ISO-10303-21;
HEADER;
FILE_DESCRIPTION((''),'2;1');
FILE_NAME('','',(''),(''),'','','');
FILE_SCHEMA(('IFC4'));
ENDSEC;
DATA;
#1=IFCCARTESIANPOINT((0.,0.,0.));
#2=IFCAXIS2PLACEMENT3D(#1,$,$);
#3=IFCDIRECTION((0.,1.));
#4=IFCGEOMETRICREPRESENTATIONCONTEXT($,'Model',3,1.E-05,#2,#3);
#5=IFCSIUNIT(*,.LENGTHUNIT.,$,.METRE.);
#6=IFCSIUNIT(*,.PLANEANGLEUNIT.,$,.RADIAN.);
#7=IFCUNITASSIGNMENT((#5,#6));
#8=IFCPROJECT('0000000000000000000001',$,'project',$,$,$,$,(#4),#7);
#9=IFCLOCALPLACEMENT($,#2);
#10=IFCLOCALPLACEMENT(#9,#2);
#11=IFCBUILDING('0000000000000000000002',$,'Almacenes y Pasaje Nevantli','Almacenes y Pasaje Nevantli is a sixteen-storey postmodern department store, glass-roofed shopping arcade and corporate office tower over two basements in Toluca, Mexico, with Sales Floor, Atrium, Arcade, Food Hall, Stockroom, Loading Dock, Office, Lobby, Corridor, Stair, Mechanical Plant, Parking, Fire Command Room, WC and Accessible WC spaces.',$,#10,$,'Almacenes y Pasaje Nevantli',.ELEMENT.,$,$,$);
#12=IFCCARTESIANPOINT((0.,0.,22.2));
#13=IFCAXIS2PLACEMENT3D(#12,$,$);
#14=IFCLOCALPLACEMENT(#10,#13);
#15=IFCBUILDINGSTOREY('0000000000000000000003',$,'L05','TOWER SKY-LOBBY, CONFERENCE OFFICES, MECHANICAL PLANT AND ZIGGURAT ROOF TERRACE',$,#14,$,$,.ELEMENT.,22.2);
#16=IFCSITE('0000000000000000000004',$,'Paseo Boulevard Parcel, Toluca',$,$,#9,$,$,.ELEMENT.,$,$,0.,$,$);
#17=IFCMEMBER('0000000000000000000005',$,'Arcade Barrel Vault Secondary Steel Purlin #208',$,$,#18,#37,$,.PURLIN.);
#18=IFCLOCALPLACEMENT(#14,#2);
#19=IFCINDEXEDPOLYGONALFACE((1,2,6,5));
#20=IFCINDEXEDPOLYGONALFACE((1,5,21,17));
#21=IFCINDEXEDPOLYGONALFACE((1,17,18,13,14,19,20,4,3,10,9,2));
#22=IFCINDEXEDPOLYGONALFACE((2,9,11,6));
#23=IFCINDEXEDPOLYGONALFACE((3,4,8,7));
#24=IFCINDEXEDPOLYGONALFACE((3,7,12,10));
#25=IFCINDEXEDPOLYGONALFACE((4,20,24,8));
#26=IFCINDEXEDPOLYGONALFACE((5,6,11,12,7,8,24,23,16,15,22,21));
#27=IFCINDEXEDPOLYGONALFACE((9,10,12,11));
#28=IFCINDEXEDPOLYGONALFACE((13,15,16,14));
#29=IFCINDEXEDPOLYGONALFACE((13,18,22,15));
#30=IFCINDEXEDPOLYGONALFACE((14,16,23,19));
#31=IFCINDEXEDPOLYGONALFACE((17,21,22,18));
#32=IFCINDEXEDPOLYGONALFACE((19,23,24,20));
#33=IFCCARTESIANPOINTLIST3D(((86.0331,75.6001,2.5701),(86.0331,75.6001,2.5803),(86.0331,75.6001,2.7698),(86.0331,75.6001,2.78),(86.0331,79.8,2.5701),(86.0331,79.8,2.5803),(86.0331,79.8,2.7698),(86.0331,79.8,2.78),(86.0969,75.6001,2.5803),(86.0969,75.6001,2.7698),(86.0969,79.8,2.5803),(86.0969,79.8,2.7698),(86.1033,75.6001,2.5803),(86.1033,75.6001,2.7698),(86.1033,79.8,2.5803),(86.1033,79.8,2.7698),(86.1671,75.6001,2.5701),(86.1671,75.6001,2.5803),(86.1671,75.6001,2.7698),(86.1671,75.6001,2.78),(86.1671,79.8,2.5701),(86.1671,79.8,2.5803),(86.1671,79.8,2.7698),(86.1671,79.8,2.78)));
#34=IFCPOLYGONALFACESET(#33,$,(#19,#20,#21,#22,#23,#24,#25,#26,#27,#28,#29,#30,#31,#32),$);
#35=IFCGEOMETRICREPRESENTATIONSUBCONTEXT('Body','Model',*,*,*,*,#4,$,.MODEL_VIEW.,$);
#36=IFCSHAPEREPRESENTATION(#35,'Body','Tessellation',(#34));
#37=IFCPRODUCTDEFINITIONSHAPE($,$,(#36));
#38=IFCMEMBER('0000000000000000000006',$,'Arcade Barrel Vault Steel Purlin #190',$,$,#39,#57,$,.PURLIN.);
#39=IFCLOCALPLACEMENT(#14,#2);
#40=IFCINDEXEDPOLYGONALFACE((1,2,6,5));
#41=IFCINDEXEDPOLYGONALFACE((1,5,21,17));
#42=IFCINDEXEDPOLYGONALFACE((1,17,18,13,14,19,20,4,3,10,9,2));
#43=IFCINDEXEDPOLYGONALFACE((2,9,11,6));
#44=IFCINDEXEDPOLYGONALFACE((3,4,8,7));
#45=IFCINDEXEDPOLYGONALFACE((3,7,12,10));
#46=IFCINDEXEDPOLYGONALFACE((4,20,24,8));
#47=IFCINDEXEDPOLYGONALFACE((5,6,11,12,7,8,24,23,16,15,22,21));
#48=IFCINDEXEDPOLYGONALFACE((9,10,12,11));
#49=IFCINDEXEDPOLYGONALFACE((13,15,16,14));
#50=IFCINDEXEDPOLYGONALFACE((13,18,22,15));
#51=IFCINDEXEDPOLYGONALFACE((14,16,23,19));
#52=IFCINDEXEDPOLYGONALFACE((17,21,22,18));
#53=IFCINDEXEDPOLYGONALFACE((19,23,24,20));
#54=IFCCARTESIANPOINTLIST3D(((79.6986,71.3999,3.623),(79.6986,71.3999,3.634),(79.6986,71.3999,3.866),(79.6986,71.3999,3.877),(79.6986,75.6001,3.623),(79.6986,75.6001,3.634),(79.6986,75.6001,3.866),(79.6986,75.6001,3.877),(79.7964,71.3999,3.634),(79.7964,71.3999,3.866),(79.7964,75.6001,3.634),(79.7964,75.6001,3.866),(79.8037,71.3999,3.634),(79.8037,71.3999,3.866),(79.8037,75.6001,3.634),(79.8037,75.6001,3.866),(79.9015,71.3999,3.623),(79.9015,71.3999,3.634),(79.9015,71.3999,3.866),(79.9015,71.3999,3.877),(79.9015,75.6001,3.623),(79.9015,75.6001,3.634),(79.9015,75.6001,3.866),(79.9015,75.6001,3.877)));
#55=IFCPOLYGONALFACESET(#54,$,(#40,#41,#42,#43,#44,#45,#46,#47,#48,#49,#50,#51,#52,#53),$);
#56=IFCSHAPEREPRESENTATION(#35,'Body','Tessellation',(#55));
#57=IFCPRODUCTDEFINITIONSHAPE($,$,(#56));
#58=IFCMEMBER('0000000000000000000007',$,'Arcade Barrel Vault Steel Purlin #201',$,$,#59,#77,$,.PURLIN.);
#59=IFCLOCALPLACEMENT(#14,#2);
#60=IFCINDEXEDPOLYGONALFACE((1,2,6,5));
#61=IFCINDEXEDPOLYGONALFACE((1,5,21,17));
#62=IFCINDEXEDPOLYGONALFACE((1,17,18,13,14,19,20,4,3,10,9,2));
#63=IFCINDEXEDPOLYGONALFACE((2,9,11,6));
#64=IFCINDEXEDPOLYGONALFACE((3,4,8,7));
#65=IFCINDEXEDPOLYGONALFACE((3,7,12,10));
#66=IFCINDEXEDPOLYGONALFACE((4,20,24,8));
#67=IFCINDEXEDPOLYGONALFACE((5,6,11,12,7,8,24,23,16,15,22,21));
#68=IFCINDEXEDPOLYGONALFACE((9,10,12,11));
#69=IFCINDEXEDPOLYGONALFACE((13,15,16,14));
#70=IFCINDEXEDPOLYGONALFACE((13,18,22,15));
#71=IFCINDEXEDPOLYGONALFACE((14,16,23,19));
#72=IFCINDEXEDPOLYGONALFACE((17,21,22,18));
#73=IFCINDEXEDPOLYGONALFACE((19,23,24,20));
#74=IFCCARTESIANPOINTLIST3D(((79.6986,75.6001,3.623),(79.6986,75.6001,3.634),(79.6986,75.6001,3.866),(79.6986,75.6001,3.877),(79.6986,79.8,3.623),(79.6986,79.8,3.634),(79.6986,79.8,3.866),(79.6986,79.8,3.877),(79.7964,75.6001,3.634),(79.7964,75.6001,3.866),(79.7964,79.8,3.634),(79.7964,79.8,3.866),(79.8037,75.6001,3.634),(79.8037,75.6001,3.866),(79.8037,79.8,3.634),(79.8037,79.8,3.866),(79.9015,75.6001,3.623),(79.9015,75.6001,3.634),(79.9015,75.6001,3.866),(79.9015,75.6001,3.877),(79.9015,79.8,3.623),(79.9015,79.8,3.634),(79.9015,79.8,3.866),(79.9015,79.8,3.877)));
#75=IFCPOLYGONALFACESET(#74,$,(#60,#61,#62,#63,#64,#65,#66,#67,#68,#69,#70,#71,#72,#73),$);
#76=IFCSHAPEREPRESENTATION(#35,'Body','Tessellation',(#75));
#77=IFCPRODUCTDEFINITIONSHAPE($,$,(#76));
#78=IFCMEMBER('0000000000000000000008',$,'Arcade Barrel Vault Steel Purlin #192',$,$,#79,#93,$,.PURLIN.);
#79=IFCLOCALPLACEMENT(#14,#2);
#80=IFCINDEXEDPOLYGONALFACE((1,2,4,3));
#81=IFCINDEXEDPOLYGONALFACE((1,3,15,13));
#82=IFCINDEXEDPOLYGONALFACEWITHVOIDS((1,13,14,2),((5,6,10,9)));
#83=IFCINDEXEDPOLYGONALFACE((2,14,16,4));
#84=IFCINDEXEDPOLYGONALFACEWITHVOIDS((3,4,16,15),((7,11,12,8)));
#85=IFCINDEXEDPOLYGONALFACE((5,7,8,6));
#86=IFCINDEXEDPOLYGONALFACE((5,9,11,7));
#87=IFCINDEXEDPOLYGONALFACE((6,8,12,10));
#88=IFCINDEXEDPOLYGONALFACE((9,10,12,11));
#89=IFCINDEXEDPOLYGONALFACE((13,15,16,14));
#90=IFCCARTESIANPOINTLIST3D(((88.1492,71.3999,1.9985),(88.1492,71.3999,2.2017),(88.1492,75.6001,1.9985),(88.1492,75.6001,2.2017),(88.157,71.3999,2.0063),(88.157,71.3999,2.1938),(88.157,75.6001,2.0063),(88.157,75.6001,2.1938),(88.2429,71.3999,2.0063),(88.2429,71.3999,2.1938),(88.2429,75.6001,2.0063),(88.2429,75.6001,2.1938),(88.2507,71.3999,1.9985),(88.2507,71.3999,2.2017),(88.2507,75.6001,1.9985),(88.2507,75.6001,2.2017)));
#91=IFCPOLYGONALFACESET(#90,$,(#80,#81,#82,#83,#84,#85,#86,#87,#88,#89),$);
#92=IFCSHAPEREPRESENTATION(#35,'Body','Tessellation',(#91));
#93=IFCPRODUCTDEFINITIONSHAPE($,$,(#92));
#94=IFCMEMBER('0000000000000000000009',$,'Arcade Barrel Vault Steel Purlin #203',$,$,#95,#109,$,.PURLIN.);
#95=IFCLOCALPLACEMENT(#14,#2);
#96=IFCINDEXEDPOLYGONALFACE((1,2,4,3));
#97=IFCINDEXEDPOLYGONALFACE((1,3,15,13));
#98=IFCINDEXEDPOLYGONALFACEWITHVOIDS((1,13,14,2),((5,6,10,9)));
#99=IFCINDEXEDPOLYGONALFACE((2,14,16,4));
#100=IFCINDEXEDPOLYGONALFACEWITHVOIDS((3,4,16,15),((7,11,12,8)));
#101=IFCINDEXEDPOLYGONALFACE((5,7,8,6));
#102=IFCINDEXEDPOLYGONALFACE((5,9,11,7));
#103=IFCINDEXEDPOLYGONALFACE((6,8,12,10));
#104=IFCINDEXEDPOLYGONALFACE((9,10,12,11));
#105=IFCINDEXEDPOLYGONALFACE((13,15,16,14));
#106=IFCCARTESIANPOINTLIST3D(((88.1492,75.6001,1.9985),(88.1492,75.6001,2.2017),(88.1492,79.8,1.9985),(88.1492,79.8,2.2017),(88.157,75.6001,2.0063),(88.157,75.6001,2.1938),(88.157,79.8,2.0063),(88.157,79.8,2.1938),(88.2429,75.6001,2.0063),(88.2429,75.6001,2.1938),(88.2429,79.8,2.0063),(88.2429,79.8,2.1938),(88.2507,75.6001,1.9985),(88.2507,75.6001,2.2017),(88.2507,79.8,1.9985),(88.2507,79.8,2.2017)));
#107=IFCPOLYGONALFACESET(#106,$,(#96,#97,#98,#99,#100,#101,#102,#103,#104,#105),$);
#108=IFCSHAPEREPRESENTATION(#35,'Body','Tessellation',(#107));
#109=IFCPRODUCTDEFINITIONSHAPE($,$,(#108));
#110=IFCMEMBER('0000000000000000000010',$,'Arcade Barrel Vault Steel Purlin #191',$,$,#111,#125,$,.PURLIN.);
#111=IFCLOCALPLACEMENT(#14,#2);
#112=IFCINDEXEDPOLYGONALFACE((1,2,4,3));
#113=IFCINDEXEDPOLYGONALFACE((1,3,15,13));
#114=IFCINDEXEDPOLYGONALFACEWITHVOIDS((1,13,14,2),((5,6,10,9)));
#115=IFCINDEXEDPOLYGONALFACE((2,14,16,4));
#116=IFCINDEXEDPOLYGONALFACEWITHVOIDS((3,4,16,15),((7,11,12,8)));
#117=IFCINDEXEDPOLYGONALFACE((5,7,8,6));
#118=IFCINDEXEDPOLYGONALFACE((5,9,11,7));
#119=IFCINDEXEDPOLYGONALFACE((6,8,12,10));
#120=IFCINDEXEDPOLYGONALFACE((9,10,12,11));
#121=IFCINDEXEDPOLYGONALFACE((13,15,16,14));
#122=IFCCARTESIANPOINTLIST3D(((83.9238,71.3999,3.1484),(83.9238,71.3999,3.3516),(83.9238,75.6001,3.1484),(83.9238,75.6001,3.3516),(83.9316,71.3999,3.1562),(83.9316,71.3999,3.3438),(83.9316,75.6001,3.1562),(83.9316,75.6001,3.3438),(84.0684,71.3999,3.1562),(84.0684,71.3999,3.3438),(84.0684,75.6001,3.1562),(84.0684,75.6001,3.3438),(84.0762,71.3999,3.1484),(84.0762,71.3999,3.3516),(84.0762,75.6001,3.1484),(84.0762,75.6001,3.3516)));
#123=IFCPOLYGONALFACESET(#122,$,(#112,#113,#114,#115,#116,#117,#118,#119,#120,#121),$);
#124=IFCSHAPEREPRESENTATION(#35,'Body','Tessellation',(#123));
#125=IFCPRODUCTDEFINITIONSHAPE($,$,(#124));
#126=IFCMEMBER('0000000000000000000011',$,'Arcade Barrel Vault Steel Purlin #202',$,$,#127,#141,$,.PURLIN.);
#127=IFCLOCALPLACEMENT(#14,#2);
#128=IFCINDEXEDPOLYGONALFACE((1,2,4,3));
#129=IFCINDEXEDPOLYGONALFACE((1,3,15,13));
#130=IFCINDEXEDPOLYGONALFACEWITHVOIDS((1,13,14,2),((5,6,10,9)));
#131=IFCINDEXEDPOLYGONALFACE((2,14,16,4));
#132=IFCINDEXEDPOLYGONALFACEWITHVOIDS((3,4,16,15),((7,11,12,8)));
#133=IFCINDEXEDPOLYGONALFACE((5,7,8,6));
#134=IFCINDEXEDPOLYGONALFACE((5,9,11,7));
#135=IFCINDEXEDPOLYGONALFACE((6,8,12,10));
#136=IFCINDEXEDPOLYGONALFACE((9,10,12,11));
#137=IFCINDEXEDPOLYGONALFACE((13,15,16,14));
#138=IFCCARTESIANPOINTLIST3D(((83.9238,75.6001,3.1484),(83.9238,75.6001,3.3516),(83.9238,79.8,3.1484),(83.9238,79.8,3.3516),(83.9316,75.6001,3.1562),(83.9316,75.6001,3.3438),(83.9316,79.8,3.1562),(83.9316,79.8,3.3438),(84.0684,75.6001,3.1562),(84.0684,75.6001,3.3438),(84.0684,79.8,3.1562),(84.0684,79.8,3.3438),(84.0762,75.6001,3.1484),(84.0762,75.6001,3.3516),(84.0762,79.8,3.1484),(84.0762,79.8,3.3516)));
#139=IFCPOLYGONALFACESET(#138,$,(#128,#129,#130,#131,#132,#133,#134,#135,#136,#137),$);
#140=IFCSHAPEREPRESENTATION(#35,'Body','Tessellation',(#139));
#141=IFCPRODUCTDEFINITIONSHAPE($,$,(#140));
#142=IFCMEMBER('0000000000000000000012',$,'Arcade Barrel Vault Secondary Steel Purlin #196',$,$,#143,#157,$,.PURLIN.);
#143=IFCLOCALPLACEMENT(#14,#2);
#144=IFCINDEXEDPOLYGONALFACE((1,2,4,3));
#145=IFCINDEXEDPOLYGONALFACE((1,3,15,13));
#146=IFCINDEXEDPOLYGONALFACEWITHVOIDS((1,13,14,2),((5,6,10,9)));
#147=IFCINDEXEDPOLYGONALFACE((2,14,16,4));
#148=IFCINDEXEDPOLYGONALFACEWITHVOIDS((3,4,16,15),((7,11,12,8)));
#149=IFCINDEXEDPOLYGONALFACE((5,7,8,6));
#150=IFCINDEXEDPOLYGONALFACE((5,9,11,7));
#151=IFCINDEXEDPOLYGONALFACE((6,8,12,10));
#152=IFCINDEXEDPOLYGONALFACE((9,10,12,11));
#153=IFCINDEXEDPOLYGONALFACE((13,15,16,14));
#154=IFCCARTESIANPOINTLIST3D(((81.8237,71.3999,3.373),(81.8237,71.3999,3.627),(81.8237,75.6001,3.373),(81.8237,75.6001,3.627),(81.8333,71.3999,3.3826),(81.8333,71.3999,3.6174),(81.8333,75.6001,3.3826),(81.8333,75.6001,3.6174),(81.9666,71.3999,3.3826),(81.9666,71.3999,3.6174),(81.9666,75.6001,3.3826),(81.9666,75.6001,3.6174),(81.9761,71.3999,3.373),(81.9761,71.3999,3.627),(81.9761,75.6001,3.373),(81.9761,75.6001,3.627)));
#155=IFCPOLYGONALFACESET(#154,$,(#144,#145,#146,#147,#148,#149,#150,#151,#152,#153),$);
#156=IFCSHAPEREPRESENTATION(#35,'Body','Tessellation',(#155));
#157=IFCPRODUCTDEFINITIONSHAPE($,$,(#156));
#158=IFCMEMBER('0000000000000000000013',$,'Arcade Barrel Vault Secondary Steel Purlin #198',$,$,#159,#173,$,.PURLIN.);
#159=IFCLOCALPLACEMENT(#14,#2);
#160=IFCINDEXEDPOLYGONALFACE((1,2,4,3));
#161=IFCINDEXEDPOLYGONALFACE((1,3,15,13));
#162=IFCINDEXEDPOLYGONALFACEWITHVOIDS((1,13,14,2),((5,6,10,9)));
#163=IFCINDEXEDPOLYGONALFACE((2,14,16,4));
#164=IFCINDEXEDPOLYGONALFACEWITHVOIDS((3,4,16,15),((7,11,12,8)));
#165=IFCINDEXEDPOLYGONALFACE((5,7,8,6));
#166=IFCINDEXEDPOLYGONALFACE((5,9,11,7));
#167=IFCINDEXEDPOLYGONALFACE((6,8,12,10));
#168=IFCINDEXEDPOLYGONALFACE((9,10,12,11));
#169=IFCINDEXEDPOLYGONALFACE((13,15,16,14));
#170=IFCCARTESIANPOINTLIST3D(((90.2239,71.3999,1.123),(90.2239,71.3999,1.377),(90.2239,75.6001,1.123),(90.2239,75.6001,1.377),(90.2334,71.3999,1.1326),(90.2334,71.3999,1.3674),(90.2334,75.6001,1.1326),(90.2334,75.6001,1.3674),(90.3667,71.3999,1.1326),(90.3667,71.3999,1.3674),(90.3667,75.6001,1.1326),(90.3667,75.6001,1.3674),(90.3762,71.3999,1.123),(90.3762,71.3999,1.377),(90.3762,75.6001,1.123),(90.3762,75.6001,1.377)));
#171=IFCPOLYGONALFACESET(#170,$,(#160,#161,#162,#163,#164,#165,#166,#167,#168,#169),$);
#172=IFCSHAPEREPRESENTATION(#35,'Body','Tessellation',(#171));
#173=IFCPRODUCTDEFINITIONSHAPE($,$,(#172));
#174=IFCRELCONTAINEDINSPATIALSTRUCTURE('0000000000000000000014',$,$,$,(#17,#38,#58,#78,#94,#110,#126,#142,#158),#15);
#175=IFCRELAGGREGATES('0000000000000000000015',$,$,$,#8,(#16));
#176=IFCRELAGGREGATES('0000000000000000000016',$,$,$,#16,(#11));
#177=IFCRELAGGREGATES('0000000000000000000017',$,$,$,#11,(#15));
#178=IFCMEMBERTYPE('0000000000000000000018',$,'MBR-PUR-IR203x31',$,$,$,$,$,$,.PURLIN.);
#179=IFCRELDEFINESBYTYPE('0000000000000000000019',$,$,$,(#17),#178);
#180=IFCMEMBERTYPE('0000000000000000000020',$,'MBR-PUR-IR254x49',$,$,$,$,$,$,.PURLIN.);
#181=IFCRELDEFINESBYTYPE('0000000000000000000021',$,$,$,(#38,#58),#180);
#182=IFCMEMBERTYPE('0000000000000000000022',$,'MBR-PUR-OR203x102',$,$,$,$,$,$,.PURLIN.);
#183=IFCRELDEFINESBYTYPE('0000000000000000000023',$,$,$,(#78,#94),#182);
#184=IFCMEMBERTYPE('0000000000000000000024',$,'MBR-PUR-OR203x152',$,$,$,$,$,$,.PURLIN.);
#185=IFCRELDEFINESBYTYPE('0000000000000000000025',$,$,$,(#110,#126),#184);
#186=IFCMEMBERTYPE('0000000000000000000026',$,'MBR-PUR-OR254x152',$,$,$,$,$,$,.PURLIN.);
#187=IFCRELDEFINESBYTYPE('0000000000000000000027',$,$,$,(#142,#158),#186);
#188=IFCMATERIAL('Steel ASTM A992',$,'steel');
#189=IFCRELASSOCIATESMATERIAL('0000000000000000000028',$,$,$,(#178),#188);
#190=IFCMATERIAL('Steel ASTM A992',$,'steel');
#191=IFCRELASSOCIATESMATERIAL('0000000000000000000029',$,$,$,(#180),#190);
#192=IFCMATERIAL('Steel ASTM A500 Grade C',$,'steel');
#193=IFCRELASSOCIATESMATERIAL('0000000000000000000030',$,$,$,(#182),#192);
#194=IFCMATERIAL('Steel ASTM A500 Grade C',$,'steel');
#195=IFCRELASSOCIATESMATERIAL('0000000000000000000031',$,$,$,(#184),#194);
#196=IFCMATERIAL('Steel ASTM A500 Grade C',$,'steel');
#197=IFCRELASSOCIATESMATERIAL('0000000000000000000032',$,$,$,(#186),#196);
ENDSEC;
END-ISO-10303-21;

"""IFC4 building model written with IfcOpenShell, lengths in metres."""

from ifc_helpers import new_model, si_unit, direction, frame, origin, origin_2d, place, context, subcontext, project, spatial, hollow_rectangle, i_section, extrude, material, material_profile, profile_set, type_object, element, save


model = new_model("IFC4")

# Units and contexts
model_context = context("Model", 3, precision=1e-05, world=origin(), true_north=direction((0.0, 1.0)))
body_context = subcontext(model_context, "Body", "Model", "MODEL_VIEW")
ifc_project = project(units=[si_unit("LENGTHUNIT", "METRE"), si_unit("PLANEANGLEUNIT", "RADIAN")], contexts=[model_context])

# Site, building, storey
site_placement = place(None, origin())
site = spatial("IfcSite", under=ifc_project, at=site_placement, Name="Paseo Boulevard Parcel, Toluca", CompositionType="ELEMENT", RefElevation=0.0)
building_placement = place(site_placement, origin())
building = spatial("IfcBuilding", under=site, at=building_placement, Name="Almacenes y Pasaje Nevantli", Description="Almacenes y Pasaje Nevantli is a sixteen-storey postmodern department store, glass-roofed shopping arcade and corporate office tower over two basements in Toluca, Mexico, with Sales Floor, Atrium, Arcade, Food Hall, Stockroom, Loading Dock, Office, Lobby, Corridor, Stair, Mechanical Plant, Parking, Fire Command Room, WC and Accessible WC spaces.", LongName="Almacenes y Pasaje Nevantli", CompositionType="ELEMENT")
storey_placement = place(building_placement, frame((0.0, 0.0, 22.2)))
storey = spatial("IfcBuildingStorey", under=building, at=storey_placement, Name="L05", Description="TOWER SKY-LOBBY, CONFERENCE OFFICES, MECHANICAL PLANT AND ZIGGURAT ROOF TERRACE", CompositionType="ELEMENT", Elevation=22.2)

# Members
ifc_material_1 = material(Name="Steel ASTM A992", Category="steel")
ifc_material_profile_1 = material_profile(ifc_material_1, i_section(OverallWidth=0.134, OverallDepth=0.21, WebThickness=0.0063, FlangeThickness=0.0103, at=origin_2d()), Name="IR 203x31.3")
ifc_profile_set_1 = profile_set([ifc_material_profile_1], Name="Steel ASTM A992")
member_type_1 = type_object("IfcMemberType", Name="MBR-PUR-IR203x31", PredefinedType="PURLIN", material=ifc_profile_set_1)
member_1_placement = place(storey_placement, frame((86.1001, 75.6001, 2.675), z_axis=(0.0, 1.0, 0.0), x_axis=(-1.0, 0.0, 0.0)))
element("IfcMember", 1, at=member_1_placement, inside=storey, type_object=member_type_1, Name="Arcade Barrel Vault Secondary Steel Purlin #208", PredefinedType="PURLIN", context=body_context, shape_type="SweptSolid", body=[
    extrude(i_section(OverallWidth=0.134, OverallDepth=0.21, WebThickness=0.0063, FlangeThickness=0.0103, at=origin_2d()), origin(), (0.0, 0.0, 1.0), 4.2),
])
ifc_material_2 = material(Name="Steel ASTM A992", Category="steel")
ifc_material_profile_2 = material_profile(ifc_material_2, i_section(OverallWidth=0.2029, OverallDepth=0.2539, WebThickness=0.0073, FlangeThickness=0.011, at=origin_2d()), Name="IR 254x49.1")
ifc_profile_set_2 = profile_set([ifc_material_profile_2], Name="Steel ASTM A992")
member_type_2 = type_object("IfcMemberType", Name="MBR-PUR-IR254x49", PredefinedType="PURLIN", material=ifc_profile_set_2)
member_2_placement = place(storey_placement, frame((79.8, 71.3999, 3.75), z_axis=(0.0, 1.0, 0.0), x_axis=(-1.0, 0.0, 0.0)))
element("IfcMember", 2, at=member_2_placement, inside=storey, type_object=member_type_2, Name="Arcade Barrel Vault Steel Purlin #190", PredefinedType="PURLIN", context=body_context, shape_type="SweptSolid", body=[
    extrude(i_section(OverallWidth=0.2029, OverallDepth=0.2539, WebThickness=0.0073, FlangeThickness=0.011, at=origin_2d()), origin(), (0.0, 0.0, 1.0), 4.2002),
])
member_3_placement = place(storey_placement, frame((79.8, 75.6001, 3.75), z_axis=(0.0, 1.0, 0.0), x_axis=(-1.0, 0.0, 0.0)))
element("IfcMember", 3, at=member_3_placement, inside=storey, type_object=member_type_2, Name="Arcade Barrel Vault Steel Purlin #201", PredefinedType="PURLIN", context=body_context, shape_type="SweptSolid", body=[
    extrude(i_section(OverallWidth=0.2029, OverallDepth=0.2539, WebThickness=0.0073, FlangeThickness=0.011, at=origin_2d()), origin(), (0.0, 0.0, 1.0), 4.2),
])
ifc_material_3 = material(Name="Steel ASTM A500 Grade C", Category="steel")
ifc_material_profile_3 = material_profile(ifc_material_3, hollow_rectangle(XDim=0.1016, YDim=0.2031, WallThickness=0.0078, at=origin_2d()), Name="OR 203x102x7.9")
ifc_profile_set_3 = profile_set([ifc_material_profile_3], Name="Steel ASTM A500 Grade C")
member_type_3 = type_object("IfcMemberType", Name="MBR-PUR-OR203x102", PredefinedType="PURLIN", material=ifc_profile_set_3)
member_4_placement = place(storey_placement, frame((88.2, 71.3999, 2.1001), z_axis=(0.0, 1.0, 0.0), x_axis=(-1.0, 0.0, 0.0)))
element("IfcMember", 4, at=member_4_placement, inside=storey, type_object=member_type_3, Name="Arcade Barrel Vault Steel Purlin #192", PredefinedType="PURLIN", context=body_context, shape_type="SweptSolid", body=[
    extrude(hollow_rectangle(XDim=0.1016, YDim=0.2031, WallThickness=0.0078, at=origin_2d()), origin(), (0.0, 0.0, 1.0), 4.2002),
])
member_5_placement = place(storey_placement, frame((88.2, 75.6001, 2.1001), z_axis=(0.0, 1.0, 0.0), x_axis=(-1.0, 0.0, 0.0)))
element("IfcMember", 5, at=member_5_placement, inside=storey, type_object=member_type_3, Name="Arcade Barrel Vault Steel Purlin #203", PredefinedType="PURLIN", context=body_context, shape_type="SweptSolid", body=[
    extrude(hollow_rectangle(XDim=0.1016, YDim=0.2031, WallThickness=0.0078, at=origin_2d()), origin(), (0.0, 0.0, 1.0), 4.2),
])
ifc_material_4 = material(Name="Steel ASTM A500 Grade C", Category="steel")
ifc_material_profile_4 = material_profile(ifc_material_4, hollow_rectangle(XDim=0.1523, YDim=0.2031, WallThickness=0.0078, at=origin_2d()), Name="OR 203x152x7.9")
ifc_profile_set_4 = profile_set([ifc_material_profile_4], Name="Steel ASTM A500 Grade C")
member_type_4 = type_object("IfcMemberType", Name="MBR-PUR-OR203x152", PredefinedType="PURLIN", material=ifc_profile_set_4)
member_6_placement = place(storey_placement, frame((84.0, 71.3999, 3.25), z_axis=(0.0, 1.0, 0.0), x_axis=(-1.0, 0.0, 0.0)))
element("IfcMember", 6, at=member_6_placement, inside=storey, type_object=member_type_4, Name="Arcade Barrel Vault Steel Purlin #191", PredefinedType="PURLIN", context=body_context, shape_type="SweptSolid", body=[
    extrude(hollow_rectangle(XDim=0.1523, YDim=0.2031, WallThickness=0.0078, at=origin_2d()), origin(), (0.0, 0.0, 1.0), 4.2002),
])
member_7_placement = place(storey_placement, frame((84.0, 75.6001, 3.25), z_axis=(0.0, 1.0, 0.0), x_axis=(-1.0, 0.0, 0.0)))
element("IfcMember", 7, at=member_7_placement, inside=storey, type_object=member_type_4, Name="Arcade Barrel Vault Steel Purlin #202", PredefinedType="PURLIN", context=body_context, shape_type="SweptSolid", body=[
    extrude(hollow_rectangle(XDim=0.1523, YDim=0.2031, WallThickness=0.0078, at=origin_2d()), origin(), (0.0, 0.0, 1.0), 4.2),
])
ifc_material_5 = material(Name="Steel ASTM A500 Grade C", Category="steel")
ifc_material_profile_5 = material_profile(ifc_material_5, hollow_rectangle(XDim=0.1523, YDim=0.2539, WallThickness=0.0095, at=origin_2d()), Name="OR 254x152x9.5")
ifc_profile_set_5 = profile_set([ifc_material_profile_5], Name="Steel ASTM A500 Grade C")
member_type_5 = type_object("IfcMemberType", Name="MBR-PUR-OR254x152", PredefinedType="PURLIN", material=ifc_profile_set_5)
for number, where, z_axis, x_axis, name in (
    (8, (81.8999, 71.3999, 3.5), (0.0, 1.0, 0.0), (-1.0, 0.0, 0.0), "Arcade Barrel Vault Secondary Steel Purlin #196"),
    (9, (90.3, 71.3999, 1.25), (0.0, 1.0, 0.0), (-1.0, 0.0, 0.0), "Arcade Barrel Vault Secondary Steel Purlin #198"),
):
    element("IfcMember", number, at=place(storey_placement, frame(where, z_axis=z_axis, x_axis=x_axis)), inside=storey, type_object=member_type_5, Name=name, PredefinedType="PURLIN", context=body_context, shape_type="SweptSolid", body=[
        extrude(hollow_rectangle(XDim=0.1523, YDim=0.2539, WallThickness=0.0095, at=origin_2d()), origin(), (0.0, 0.0, 1.0), 4.2002),
    ])

save(model, "model.ifc")
